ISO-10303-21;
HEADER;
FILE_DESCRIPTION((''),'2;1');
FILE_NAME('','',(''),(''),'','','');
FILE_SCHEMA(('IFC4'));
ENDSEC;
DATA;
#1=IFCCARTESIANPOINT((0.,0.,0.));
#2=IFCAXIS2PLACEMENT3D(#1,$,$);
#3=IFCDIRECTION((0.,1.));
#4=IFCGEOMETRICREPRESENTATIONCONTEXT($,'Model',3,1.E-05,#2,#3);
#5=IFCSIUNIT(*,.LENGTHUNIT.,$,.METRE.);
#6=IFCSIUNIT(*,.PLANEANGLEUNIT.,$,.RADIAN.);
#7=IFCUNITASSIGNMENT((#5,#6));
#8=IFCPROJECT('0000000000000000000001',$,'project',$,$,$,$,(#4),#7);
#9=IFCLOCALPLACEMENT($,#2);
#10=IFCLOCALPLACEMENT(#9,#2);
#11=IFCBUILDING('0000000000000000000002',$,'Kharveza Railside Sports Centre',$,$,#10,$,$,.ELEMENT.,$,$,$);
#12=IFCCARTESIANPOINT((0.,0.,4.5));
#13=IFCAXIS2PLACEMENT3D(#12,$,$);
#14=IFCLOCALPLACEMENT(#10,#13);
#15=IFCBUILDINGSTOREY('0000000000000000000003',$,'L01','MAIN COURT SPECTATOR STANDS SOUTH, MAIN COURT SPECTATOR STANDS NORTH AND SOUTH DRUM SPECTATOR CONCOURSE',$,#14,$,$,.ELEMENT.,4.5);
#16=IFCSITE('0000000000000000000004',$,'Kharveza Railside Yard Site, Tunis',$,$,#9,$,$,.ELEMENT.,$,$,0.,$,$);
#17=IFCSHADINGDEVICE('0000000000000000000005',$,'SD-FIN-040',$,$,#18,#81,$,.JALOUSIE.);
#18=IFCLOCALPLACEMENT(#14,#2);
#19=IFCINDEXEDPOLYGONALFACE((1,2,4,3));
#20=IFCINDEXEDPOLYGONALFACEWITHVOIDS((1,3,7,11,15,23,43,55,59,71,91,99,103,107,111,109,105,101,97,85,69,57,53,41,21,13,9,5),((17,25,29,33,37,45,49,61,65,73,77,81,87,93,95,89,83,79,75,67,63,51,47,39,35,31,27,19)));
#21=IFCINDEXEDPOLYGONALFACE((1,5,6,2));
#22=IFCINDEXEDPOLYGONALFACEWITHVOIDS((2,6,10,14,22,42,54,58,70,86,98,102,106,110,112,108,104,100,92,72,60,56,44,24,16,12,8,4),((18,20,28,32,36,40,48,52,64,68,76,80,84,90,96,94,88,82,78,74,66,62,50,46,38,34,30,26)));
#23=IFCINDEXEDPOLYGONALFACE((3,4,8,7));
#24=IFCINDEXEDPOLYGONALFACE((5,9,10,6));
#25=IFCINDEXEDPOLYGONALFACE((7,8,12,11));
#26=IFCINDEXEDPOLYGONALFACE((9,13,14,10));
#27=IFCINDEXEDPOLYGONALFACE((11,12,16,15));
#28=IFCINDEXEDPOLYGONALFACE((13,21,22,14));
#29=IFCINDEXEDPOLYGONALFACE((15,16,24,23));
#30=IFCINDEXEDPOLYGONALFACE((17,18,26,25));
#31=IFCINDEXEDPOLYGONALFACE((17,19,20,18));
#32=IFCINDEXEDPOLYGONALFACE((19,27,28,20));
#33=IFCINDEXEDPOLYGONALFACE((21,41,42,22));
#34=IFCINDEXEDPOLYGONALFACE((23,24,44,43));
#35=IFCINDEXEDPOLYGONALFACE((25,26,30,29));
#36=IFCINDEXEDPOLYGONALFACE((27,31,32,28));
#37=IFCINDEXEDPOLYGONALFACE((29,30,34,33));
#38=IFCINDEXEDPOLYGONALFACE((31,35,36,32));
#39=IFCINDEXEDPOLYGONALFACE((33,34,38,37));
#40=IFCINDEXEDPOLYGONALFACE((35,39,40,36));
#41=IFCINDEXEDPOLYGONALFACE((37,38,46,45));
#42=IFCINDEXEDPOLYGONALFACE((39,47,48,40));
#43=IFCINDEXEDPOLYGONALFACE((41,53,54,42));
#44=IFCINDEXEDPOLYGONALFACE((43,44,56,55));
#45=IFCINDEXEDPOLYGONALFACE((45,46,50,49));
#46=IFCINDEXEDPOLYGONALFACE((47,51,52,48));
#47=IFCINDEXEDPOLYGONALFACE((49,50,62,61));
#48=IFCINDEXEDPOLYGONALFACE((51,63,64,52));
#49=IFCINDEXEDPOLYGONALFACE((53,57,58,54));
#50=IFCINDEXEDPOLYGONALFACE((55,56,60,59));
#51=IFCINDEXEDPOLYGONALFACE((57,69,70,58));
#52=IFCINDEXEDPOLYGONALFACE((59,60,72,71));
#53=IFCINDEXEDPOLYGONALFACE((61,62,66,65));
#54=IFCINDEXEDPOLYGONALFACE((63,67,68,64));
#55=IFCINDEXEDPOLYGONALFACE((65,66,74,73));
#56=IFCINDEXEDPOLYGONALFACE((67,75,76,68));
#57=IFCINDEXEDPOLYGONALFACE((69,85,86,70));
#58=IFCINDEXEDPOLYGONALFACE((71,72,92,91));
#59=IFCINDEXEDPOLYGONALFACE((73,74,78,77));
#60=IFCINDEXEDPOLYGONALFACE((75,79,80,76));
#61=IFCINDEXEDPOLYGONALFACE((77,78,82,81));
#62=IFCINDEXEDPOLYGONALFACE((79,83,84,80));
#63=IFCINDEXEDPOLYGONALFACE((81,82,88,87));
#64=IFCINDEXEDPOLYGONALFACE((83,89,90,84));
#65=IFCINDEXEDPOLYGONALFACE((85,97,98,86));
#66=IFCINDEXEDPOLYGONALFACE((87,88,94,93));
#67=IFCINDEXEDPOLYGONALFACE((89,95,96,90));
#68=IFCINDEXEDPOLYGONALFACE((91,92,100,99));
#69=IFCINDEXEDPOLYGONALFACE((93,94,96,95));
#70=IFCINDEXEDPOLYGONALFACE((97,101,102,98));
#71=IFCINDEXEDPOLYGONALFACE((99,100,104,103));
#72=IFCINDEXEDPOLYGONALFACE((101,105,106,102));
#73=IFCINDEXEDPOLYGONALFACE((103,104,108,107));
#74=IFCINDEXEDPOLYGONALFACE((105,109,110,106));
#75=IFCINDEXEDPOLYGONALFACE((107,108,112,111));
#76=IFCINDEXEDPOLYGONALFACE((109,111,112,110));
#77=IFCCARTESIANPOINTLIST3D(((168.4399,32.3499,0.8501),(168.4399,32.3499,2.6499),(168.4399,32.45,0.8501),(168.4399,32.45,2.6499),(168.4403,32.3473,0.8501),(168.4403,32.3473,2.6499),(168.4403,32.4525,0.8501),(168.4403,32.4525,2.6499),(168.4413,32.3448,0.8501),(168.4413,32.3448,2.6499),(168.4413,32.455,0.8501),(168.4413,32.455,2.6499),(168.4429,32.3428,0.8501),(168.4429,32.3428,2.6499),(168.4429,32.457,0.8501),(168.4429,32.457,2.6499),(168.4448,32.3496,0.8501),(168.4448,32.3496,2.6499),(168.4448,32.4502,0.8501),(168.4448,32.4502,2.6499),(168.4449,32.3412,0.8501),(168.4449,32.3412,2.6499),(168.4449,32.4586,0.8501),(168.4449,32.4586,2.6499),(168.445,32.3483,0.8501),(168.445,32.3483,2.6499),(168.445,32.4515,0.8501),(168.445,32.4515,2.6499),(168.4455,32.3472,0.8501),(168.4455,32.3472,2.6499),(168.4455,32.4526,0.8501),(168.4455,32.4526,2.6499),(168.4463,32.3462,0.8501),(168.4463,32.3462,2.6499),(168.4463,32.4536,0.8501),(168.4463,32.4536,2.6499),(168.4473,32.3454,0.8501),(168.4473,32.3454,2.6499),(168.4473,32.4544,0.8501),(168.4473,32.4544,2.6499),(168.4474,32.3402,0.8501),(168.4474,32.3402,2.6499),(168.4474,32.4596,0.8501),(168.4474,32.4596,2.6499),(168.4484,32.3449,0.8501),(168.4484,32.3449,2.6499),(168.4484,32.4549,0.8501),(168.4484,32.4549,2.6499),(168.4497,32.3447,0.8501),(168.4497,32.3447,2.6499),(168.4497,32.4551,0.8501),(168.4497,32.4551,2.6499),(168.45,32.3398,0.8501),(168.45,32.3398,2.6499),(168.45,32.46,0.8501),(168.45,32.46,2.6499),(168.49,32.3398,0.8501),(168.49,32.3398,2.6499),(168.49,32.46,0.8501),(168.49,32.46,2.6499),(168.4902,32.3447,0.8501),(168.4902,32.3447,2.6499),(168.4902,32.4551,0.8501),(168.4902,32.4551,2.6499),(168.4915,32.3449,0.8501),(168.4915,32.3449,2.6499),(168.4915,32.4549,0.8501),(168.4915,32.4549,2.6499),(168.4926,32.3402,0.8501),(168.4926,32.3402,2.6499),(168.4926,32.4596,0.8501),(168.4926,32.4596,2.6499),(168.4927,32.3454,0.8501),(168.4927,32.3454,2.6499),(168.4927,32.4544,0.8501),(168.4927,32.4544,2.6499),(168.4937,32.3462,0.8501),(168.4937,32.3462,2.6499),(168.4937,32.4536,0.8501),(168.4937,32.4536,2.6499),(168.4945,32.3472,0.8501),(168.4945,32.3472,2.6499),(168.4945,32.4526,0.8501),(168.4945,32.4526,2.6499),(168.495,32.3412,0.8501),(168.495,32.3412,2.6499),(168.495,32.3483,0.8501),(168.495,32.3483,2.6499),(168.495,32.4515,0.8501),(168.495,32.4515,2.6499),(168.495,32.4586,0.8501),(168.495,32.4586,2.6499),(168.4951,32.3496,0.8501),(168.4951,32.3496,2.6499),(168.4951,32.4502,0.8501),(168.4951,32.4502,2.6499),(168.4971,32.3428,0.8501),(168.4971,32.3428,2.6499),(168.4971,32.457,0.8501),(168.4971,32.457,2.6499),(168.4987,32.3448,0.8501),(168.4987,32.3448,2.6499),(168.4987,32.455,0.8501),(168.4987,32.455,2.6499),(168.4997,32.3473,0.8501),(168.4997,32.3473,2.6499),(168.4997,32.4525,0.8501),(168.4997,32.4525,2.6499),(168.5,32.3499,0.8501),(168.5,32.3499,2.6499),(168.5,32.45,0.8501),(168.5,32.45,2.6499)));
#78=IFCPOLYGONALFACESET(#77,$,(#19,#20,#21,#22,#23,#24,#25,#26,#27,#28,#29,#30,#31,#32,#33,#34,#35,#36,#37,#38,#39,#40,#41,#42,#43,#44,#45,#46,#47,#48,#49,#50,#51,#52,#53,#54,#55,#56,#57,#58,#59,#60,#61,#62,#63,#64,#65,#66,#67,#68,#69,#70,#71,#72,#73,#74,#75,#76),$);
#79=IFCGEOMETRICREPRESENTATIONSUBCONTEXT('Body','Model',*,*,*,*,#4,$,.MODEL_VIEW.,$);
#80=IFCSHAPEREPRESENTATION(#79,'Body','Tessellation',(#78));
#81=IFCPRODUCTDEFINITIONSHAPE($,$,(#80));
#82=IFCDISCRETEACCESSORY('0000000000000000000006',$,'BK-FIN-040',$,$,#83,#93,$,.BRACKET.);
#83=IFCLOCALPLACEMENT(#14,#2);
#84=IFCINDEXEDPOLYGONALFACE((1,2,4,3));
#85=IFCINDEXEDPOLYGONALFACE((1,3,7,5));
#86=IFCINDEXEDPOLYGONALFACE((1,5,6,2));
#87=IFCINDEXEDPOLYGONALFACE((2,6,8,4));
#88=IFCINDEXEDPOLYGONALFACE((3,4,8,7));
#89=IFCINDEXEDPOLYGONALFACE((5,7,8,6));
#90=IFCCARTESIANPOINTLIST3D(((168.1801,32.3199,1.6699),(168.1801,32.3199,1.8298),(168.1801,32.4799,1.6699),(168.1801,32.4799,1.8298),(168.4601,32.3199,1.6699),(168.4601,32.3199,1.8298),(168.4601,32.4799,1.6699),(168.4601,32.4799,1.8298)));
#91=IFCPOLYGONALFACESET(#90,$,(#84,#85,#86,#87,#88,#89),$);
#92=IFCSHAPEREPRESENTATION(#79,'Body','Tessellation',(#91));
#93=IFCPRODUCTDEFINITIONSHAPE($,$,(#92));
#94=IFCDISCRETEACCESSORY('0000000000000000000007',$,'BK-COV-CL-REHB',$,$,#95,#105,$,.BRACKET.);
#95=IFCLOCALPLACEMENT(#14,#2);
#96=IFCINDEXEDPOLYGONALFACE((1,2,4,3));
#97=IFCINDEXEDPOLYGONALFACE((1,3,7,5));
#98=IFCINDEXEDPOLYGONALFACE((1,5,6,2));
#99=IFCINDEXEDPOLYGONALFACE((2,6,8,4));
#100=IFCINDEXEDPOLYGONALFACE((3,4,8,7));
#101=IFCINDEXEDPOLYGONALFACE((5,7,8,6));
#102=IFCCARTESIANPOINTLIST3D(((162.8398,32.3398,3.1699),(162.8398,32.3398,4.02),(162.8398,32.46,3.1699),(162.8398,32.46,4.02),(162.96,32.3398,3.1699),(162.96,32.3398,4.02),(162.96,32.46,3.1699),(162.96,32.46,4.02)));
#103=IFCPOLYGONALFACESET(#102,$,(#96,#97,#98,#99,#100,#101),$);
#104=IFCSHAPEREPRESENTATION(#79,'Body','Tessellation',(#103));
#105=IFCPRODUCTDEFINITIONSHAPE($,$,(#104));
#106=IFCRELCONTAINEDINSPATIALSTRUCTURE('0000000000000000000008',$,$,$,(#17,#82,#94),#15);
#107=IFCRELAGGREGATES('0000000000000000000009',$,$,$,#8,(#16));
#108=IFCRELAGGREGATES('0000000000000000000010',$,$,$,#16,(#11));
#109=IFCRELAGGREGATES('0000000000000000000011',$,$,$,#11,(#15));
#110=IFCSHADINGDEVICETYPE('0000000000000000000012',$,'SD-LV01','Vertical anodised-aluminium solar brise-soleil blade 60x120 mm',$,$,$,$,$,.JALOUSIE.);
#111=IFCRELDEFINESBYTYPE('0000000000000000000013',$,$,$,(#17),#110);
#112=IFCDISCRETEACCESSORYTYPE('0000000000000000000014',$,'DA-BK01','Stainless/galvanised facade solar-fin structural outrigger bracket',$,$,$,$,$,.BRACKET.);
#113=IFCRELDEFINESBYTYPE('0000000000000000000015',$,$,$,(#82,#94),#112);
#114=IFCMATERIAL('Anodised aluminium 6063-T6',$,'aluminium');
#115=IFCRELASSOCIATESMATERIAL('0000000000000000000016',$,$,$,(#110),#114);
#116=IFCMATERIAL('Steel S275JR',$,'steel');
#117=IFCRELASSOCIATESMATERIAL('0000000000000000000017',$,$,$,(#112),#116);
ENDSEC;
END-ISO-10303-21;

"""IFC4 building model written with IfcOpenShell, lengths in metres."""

from ifc_helpers import new_model, si_unit, direction, frame, origin, origin_2d, place, context, subcontext, project, spatial, rectangle, hollow_rectangle, extrude, material, material_profile, profile_set, type_object, element, save


model = new_model("IFC4")

# Units and contexts
model_context = context("Model", 3, precision=1e-05, world=origin(), true_north=direction((0.0, 1.0)))
body_context = subcontext(model_context, "Body", "Model", "MODEL_VIEW")
ifc_project = project(units=[si_unit("LENGTHUNIT", "METRE"), si_unit("PLANEANGLEUNIT", "RADIAN")], contexts=[model_context])

# Site, building, storey
site_placement = place(None, origin())
site = spatial("IfcSite", under=ifc_project, at=site_placement, Name="Kharveza Railside Yard Site, Tunis", CompositionType="ELEMENT", RefElevation=0.0)
building_placement = place(site_placement, origin())
building = spatial("IfcBuilding", under=site, at=building_placement, Name="Kharveza Railside Sports Centre", CompositionType="ELEMENT")
storey_placement = place(building_placement, frame((0.0, 0.0, 4.5)))
storey = spatial("IfcBuildingStorey", under=building, at=storey_placement, Name="L01", Description="MAIN COURT SPECTATOR STANDS SOUTH, MAIN COURT SPECTATOR STANDS NORTH AND SOUTH DRUM SPECTATOR CONCOURSE", CompositionType="ELEMENT", Elevation=4.5)

# Shading device
ifc_material_1 = material(Name="Anodised aluminium 6063-T6", Category="aluminium")
ifc_material_profile_1 = material_profile(ifc_material_1, hollow_rectangle(XDim=0.0601, YDim=0.1201, WallThickness=0.0049, InnerFilletRadius=0.0049, OuterFilletRadius=0.01, at=origin_2d()), Name="RHS 60x120x5.0")
ifc_profile_set_1 = profile_set([ifc_material_profile_1], Name="Anodised aluminium 6063-T6")
shading_device_type = type_object("IfcShadingDeviceType", Name="SD-LV01", Description="Vertical anodised-aluminium solar brise-soleil blade 60x120 mm", PredefinedType="JALOUSIE", material=ifc_profile_set_1)
shading_device_placement = place(storey_placement, frame((168.47, 32.3999, 0.8501), z_axis=(0.0, 0.0, 1.0), x_axis=(1.0, 0.0, 0.0)))
element("IfcShadingDevice", 1, at=shading_device_placement, inside=storey, type_object=shading_device_type, Name="SD-FIN-040", PredefinedType="JALOUSIE", context=body_context, shape_type="SweptSolid", body=[
    extrude(hollow_rectangle(XDim=0.0601, YDim=0.1201, WallThickness=0.0049, InnerFilletRadius=0.0049, OuterFilletRadius=0.01, at=origin_2d()), origin(), (0.0, 0.0, 1.0), 1.7998),
])

# Discrete accessories
ifc_material_2 = material(Name="Steel S275JR", Category="steel")
discrete_accessory_type = type_object("IfcDiscreteAccessoryType", Name="DA-BK01", Description="Stainless/galvanised facade solar-fin structural outrigger bracket", PredefinedType="BRACKET", material=ifc_material_2)
discrete_accessory_1_placement = place(storey_placement, frame((168.3201, 32.3999, 1.6699), z_axis=(0.0, 0.0, 1.0), x_axis=(1.0, 0.0, 0.0)))
element("IfcDiscreteAccessory", 2, at=discrete_accessory_1_placement, inside=storey, type_object=discrete_accessory_type, Name="BK-FIN-040", PredefinedType="BRACKET", context=body_context, shape_type="SweptSolid", body=[
    extrude(rectangle(XDim=0.28, YDim=0.1599, at=origin_2d()), origin(), (0.0, 0.0, 1.0), 0.1599),
])
discrete_accessory_2_placement = place(storey_placement, frame((162.8999, 32.3999, 3.1699), z_axis=(0.0, 0.0, 1.0), x_axis=(1.0, 0.0, 0.0)))
element("IfcDiscreteAccessory", 3, at=discrete_accessory_2_placement, inside=storey, type_object=discrete_accessory_type, Name="BK-COV-CL-REHB", PredefinedType="BRACKET", context=body_context, shape_type="SweptSolid", body=[
    extrude(rectangle(XDim=0.1201, YDim=0.1201, at=origin_2d()), origin(), (0.0, 0.0, 1.0), 0.8501),
])

save(model, "model.ifc")
